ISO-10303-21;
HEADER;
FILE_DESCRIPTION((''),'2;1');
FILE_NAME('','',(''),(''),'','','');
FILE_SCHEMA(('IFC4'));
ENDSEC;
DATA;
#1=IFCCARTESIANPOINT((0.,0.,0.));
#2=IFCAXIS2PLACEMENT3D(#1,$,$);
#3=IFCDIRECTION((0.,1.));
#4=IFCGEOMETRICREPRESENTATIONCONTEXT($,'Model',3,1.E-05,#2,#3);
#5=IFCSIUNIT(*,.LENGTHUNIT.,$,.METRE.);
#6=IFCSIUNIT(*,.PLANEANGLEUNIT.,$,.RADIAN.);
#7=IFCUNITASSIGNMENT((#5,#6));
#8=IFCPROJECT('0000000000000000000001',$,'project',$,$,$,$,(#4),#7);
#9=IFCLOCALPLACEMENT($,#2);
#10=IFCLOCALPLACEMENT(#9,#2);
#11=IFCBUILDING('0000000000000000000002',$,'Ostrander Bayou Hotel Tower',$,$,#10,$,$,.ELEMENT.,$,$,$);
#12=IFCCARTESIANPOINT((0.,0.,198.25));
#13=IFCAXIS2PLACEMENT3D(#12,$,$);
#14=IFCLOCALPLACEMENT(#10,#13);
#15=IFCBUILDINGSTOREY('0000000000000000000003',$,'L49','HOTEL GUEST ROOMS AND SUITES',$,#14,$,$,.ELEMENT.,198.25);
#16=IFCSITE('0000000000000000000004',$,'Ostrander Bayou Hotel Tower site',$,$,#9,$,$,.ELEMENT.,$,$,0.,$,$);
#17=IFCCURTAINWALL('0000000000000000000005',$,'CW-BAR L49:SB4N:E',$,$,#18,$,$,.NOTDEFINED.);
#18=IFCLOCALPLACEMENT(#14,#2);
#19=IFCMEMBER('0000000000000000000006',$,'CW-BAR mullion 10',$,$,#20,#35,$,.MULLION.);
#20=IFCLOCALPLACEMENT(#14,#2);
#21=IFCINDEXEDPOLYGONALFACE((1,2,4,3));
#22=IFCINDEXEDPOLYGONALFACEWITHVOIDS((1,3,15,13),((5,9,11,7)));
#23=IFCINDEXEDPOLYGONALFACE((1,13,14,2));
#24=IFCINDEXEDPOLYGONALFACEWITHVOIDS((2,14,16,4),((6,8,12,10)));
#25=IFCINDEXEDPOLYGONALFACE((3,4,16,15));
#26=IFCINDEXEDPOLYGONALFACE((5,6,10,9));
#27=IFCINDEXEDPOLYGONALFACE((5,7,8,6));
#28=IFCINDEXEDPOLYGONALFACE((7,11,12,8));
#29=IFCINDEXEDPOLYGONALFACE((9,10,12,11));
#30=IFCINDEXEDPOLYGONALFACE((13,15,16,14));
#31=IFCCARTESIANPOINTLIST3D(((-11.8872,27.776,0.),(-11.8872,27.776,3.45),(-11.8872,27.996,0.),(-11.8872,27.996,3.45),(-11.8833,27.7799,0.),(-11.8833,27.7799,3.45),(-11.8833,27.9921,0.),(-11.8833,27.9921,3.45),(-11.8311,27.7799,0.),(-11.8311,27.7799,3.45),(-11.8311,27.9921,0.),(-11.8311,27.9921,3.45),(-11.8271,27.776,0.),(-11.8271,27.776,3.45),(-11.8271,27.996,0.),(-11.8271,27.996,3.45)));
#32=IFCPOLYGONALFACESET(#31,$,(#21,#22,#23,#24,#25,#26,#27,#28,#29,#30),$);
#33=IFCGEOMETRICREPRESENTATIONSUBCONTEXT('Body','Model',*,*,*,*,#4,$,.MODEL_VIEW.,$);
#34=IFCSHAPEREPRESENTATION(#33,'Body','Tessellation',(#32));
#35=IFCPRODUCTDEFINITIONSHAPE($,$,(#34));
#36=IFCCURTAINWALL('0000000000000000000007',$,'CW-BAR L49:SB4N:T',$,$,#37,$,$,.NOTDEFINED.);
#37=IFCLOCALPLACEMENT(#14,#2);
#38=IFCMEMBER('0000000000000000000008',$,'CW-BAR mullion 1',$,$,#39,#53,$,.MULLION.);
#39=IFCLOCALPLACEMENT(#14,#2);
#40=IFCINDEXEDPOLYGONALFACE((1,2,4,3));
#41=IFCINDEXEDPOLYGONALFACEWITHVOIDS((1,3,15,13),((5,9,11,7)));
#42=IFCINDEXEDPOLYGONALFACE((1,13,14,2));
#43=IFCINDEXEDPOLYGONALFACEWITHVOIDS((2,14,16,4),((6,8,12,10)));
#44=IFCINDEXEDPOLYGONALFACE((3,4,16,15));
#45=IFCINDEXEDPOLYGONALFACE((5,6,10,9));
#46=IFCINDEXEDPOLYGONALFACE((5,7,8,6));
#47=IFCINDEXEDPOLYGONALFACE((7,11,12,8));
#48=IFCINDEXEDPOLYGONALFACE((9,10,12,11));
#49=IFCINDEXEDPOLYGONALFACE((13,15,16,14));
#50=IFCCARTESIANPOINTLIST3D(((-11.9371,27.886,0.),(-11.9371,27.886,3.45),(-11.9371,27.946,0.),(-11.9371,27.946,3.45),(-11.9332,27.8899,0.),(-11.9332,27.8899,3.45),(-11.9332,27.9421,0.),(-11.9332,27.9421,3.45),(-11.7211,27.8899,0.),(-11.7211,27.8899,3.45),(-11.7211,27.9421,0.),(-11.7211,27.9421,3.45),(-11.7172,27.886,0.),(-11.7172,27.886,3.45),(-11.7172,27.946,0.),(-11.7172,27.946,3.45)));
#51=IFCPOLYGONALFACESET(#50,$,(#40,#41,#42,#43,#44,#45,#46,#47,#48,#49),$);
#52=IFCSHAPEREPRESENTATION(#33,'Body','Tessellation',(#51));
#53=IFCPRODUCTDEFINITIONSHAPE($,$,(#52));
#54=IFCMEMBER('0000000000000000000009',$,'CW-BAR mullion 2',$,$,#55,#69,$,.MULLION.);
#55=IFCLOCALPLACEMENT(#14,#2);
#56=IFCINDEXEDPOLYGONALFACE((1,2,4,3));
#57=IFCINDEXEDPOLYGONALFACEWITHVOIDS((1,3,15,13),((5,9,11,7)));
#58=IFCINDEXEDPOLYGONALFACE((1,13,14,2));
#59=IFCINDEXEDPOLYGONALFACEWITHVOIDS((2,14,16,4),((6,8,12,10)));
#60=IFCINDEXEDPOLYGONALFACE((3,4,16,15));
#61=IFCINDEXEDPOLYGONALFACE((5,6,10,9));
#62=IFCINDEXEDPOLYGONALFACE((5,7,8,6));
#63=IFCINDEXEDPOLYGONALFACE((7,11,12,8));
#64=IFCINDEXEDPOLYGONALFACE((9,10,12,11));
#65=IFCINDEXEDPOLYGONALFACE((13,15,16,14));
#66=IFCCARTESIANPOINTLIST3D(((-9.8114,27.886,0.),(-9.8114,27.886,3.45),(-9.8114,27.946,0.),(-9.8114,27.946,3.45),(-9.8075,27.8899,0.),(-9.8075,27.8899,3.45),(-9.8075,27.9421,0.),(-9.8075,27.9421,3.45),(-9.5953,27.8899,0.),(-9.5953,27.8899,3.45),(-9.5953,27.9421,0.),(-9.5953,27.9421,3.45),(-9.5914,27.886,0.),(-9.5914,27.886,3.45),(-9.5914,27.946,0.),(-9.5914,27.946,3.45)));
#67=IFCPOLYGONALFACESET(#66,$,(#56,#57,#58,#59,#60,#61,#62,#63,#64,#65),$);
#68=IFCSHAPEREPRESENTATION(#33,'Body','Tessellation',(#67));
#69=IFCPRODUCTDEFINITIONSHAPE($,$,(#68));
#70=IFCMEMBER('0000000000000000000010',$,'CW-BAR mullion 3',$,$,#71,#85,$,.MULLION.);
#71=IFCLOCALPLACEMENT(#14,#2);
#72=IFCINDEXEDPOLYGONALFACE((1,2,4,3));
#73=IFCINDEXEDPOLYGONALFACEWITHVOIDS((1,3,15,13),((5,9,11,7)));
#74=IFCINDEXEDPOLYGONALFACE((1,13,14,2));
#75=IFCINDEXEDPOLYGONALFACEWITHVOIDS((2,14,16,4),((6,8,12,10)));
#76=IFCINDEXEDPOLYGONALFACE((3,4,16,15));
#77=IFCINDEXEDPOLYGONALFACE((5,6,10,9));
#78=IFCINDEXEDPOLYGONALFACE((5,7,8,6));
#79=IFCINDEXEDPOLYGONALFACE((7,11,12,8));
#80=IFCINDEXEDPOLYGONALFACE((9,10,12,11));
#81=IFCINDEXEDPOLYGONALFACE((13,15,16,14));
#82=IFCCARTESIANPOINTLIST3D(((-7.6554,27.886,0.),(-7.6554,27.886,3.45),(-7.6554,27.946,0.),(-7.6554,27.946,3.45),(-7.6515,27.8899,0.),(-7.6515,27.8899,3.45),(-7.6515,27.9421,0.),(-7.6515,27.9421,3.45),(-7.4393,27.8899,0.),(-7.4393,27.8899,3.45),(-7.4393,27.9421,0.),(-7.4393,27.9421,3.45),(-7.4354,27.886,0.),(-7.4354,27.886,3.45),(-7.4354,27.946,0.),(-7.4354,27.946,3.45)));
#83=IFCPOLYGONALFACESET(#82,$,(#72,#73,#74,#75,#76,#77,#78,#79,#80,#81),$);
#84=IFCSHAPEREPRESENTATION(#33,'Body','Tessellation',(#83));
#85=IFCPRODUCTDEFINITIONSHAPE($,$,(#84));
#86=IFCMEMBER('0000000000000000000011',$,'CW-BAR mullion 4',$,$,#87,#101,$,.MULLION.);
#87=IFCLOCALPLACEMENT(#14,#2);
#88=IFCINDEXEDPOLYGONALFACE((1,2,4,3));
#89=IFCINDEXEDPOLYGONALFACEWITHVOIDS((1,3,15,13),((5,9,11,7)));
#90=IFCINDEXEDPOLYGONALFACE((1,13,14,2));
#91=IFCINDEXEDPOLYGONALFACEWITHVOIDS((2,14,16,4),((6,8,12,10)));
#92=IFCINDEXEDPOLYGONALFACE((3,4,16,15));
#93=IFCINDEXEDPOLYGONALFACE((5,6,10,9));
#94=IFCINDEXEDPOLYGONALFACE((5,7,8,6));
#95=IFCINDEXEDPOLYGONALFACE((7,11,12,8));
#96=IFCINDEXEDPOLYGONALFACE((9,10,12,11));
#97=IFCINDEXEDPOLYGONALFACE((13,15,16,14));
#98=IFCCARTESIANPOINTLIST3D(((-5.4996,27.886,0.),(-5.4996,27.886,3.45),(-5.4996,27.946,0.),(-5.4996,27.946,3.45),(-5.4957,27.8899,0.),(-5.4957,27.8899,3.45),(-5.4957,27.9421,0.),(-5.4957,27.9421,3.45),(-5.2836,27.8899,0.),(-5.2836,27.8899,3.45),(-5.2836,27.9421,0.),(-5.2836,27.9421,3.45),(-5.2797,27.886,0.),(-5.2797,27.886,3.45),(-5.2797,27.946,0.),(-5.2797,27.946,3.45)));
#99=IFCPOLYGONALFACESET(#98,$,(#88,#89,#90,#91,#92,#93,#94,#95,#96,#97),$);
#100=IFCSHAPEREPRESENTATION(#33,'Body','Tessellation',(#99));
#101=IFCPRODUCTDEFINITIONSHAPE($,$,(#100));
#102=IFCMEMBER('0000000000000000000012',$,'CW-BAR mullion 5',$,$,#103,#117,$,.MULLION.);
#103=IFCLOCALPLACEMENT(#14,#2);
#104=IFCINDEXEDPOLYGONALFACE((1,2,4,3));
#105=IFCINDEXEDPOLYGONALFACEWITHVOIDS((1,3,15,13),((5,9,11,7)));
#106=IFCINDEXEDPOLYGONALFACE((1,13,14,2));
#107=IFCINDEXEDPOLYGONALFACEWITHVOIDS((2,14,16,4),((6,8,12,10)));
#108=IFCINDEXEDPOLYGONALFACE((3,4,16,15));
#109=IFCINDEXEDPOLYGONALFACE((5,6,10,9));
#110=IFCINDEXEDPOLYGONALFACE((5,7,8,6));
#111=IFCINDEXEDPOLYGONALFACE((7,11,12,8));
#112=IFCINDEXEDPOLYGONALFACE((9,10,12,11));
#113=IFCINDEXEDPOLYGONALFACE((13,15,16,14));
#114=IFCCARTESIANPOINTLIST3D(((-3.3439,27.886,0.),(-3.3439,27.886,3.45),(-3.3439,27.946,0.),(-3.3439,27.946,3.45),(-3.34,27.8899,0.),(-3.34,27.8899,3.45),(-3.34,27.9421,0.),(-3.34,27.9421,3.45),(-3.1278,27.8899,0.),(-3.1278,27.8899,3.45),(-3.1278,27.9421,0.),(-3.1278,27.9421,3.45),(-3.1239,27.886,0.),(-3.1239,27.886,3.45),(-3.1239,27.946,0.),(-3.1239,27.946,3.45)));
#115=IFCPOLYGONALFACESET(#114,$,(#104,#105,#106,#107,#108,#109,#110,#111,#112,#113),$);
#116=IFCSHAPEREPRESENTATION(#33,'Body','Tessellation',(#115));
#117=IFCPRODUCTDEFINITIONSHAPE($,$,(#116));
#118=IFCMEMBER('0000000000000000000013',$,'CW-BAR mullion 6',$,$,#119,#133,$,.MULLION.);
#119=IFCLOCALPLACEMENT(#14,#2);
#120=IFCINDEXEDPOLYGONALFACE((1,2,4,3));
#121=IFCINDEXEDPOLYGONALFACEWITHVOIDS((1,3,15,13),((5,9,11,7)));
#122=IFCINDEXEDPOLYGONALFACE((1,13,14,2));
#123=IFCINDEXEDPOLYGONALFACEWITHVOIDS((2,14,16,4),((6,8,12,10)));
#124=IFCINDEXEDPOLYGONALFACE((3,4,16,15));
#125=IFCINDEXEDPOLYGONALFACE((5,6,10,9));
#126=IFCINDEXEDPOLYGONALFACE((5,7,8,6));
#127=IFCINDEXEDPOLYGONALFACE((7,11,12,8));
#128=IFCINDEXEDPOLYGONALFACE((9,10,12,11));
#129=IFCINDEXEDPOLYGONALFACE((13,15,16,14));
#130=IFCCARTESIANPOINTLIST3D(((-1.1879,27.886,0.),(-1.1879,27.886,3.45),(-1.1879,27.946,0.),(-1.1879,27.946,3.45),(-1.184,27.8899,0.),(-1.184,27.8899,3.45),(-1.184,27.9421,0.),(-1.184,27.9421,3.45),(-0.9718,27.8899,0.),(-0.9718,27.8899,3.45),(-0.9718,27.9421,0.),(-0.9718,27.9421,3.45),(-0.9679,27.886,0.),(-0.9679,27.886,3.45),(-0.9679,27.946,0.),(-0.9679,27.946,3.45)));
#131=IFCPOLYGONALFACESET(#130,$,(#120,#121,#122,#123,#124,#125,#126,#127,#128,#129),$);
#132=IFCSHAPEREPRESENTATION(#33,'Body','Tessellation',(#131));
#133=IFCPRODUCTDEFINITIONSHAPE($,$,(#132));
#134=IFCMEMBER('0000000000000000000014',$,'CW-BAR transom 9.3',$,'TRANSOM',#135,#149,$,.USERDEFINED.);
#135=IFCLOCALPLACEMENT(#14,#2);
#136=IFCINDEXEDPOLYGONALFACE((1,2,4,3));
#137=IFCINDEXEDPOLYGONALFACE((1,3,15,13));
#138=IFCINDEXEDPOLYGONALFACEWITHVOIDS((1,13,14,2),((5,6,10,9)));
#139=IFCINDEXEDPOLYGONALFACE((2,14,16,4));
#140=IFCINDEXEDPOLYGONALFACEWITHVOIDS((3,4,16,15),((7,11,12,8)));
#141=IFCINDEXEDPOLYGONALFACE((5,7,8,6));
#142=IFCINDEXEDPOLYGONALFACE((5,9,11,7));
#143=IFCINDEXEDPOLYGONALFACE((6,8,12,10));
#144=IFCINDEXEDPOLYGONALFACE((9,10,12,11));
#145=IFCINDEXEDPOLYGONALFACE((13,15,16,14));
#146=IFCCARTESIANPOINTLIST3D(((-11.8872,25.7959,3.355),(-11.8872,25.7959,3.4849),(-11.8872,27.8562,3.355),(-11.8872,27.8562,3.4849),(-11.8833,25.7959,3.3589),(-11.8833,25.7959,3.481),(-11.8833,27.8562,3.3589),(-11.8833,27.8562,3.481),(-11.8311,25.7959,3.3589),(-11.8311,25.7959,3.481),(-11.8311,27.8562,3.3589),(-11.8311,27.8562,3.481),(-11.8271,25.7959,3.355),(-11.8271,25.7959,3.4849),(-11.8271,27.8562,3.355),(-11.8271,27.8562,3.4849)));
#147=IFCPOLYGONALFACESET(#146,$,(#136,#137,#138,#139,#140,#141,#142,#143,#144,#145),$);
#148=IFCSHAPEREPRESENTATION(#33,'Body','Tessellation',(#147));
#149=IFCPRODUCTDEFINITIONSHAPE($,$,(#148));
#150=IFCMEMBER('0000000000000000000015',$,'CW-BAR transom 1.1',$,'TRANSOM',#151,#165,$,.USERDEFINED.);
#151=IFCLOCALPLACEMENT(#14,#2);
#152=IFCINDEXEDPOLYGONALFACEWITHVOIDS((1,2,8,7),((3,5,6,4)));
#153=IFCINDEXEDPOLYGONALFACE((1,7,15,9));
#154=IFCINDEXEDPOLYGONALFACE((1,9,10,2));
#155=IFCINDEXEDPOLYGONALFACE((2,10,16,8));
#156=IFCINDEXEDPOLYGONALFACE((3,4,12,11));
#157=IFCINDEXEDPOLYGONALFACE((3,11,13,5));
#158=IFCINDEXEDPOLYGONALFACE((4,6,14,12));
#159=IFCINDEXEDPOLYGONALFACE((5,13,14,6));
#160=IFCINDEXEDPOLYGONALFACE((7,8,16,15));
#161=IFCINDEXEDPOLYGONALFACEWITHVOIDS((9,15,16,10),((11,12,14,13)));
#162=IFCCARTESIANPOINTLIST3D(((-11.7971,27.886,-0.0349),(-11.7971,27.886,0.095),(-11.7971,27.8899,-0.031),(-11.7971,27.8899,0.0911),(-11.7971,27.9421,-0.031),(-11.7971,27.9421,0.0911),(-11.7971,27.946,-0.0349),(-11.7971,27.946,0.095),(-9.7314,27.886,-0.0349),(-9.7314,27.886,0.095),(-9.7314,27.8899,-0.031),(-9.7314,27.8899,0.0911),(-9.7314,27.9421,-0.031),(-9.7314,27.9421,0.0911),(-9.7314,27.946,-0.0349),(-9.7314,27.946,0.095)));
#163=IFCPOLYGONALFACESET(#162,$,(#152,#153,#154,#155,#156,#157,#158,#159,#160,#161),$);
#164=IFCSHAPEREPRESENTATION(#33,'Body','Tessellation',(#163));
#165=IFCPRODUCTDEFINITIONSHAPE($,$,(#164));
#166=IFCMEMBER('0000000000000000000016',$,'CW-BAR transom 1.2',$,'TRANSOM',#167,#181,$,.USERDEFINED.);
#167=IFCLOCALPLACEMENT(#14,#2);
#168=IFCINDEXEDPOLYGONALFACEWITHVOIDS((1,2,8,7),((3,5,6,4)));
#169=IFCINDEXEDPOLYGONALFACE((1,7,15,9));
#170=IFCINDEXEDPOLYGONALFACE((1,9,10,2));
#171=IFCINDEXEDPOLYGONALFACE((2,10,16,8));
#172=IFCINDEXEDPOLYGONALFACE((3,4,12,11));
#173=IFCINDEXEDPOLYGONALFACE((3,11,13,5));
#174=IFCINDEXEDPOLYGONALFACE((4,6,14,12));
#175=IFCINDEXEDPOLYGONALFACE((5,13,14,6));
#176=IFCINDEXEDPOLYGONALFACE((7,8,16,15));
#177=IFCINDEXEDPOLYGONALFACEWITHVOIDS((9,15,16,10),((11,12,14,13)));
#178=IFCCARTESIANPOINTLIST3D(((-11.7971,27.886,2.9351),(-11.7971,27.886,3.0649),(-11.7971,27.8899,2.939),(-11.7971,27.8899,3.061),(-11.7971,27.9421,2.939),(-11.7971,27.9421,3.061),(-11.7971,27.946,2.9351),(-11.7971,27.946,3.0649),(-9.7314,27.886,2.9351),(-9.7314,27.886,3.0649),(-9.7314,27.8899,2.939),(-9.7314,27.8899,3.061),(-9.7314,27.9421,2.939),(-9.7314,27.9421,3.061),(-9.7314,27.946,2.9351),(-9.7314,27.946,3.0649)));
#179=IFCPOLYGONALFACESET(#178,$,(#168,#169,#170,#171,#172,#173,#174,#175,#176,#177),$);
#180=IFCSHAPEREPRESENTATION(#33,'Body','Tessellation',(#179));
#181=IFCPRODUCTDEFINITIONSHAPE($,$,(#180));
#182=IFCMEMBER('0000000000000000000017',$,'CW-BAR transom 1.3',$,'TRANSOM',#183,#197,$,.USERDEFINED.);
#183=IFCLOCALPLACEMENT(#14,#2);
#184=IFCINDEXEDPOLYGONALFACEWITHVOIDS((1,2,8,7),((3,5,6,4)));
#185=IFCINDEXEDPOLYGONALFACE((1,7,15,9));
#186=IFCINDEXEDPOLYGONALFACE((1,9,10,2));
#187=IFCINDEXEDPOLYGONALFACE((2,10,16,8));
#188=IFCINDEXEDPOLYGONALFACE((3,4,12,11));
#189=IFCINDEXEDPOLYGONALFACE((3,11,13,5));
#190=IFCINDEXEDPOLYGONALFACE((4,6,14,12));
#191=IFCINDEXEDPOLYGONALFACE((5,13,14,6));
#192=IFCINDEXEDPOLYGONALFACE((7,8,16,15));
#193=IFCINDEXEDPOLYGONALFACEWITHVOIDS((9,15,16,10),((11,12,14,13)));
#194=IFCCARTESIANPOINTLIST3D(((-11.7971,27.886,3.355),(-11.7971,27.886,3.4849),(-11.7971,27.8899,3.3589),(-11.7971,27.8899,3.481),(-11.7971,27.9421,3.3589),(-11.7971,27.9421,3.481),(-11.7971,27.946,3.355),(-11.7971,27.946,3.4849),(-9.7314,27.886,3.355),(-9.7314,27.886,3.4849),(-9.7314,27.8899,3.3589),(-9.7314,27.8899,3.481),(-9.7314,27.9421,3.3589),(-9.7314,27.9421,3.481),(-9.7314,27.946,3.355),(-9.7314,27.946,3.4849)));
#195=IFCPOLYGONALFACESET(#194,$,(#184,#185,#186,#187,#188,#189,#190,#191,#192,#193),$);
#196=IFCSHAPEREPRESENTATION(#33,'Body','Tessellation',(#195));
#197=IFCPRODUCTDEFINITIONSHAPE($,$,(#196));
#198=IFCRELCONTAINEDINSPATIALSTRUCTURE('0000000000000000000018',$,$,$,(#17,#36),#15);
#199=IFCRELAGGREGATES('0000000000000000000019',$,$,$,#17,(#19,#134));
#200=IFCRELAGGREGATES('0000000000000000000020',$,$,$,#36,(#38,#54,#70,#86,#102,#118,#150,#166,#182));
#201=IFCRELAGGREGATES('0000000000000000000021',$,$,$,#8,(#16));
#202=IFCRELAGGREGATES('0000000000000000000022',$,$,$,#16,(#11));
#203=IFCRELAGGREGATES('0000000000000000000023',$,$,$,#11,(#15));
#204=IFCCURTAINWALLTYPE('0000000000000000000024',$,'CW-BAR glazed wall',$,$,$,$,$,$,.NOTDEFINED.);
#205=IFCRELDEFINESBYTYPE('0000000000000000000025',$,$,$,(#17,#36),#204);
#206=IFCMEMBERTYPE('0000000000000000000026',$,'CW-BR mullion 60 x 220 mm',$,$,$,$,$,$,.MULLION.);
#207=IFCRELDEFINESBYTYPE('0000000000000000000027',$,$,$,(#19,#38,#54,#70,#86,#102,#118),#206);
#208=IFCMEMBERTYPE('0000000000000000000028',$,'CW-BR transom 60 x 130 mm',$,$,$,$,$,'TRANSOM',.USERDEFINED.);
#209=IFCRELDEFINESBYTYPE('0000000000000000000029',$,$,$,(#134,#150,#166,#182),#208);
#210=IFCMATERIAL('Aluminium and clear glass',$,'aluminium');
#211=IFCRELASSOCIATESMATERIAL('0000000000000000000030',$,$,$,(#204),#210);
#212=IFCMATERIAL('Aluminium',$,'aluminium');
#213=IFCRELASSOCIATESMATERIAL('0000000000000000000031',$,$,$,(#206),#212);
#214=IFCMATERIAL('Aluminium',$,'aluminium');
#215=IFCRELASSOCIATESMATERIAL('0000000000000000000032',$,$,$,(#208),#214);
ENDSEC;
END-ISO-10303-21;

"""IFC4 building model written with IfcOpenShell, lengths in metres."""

from ifc_helpers import new_model, si_unit, direction, frame, origin, origin_2d, place, context, subcontext, project, spatial, hollow_rectangle, extrude, material, material_profile, profile_set, type_object, element, aggregate, save


model = new_model("IFC4")

# Units and contexts
model_context = context("Model", 3, precision=1e-05, world=origin(), true_north=direction((0.0, 1.0)))
body_context = subcontext(model_context, "Body", "Model", "MODEL_VIEW")
ifc_project = project(units=[si_unit("LENGTHUNIT", "METRE"), si_unit("PLANEANGLEUNIT", "RADIAN")], contexts=[model_context])

# Site, building, storey
site_placement = place(None, origin())
site = spatial("IfcSite", under=ifc_project, at=site_placement, Name="Ostrander Bayou Hotel Tower site", CompositionType="ELEMENT", RefElevation=0.0)
building_placement = place(site_placement, origin())
building = spatial("IfcBuilding", under=site, at=building_placement, Name="Ostrander Bayou Hotel Tower", CompositionType="ELEMENT")
storey_placement = place(building_placement, frame((0.0, 0.0, 198.25)))
storey = spatial("IfcBuildingStorey", under=building, at=storey_placement, Name="L49", Description="HOTEL GUEST ROOMS AND SUITES", CompositionType="ELEMENT", Elevation=198.25)

# Curtain wall, member
ifc_material_1 = material(Name="Aluminium and clear glass", Category="aluminium")
curtain_wall_type = type_object("IfcCurtainWallType", Name="CW-BAR glazed wall", PredefinedType="NOTDEFINED", material=ifc_material_1)
curtain_wall_1_placement = place(storey_placement, origin())
curtain_wall_1 = element("IfcCurtainWall", 1, at=curtain_wall_1_placement, inside=storey, type_object=curtain_wall_type, Name="CW-BAR L49:SB4N:E", PredefinedType="NOTDEFINED")
ifc_material_2 = material(Name="Aluminium", Category="aluminium")
ifc_material_profile_1 = material_profile(ifc_material_2, hollow_rectangle(XDim=0.0601, YDim=0.22, WallThickness=0.0039, at=origin_2d()))
ifc_profile_set_1 = profile_set([ifc_material_profile_1], Name="Aluminium")
member_type_1 = type_object("IfcMemberType", Name="CW-BR mullion 60 x 220 mm", PredefinedType="MULLION", material=ifc_profile_set_1)
member_1_placement = place(storey_placement, frame((-11.8572, 27.886, 0.0), z_axis=(0.0, 0.0, 1.0), x_axis=(-1.0, 0.0, 0.0)))
member_1 = element("IfcMember", 2, at=member_1_placement, type_object=member_type_1, Name="CW-BAR mullion 10", PredefinedType="MULLION", context=body_context, shape_type="SweptSolid", body=[
    extrude(hollow_rectangle(XDim=0.0601, YDim=0.22, WallThickness=0.0039, at=origin_2d()), origin(), (0.0, 0.0, 1.0), 3.45),
])

# Curtain wall, members
curtain_wall_2_placement = place(storey_placement, origin())
curtain_wall_2 = element("IfcCurtainWall", 3, at=curtain_wall_2_placement, inside=storey, type_object=curtain_wall_type, Name="CW-BAR L49:SB4N:T", PredefinedType="NOTDEFINED")
member_2_placement = place(storey_placement, frame((-11.8271, 27.916, 0.0), z_axis=(0.0, 0.0, 1.0), x_axis=(0.0, 1.0, 0.0)))
member_2 = element("IfcMember", 4, at=member_2_placement, type_object=member_type_1, Name="CW-BAR mullion 1", PredefinedType="MULLION", context=body_context, shape_type="SweptSolid", body=[
    extrude(hollow_rectangle(XDim=0.0601, YDim=0.22, WallThickness=0.0039, at=origin_2d()), origin(), (0.0, 0.0, 1.0), 3.45),
])
member_3_placement = place(storey_placement, frame((-9.7014, 27.916, 0.0), z_axis=(0.0, 0.0, 1.0), x_axis=(0.0, 1.0, 0.0)))
member_3 = element("IfcMember", 5, at=member_3_placement, type_object=member_type_1, Name="CW-BAR mullion 2", PredefinedType="MULLION", context=body_context, shape_type="SweptSolid", body=[
    extrude(hollow_rectangle(XDim=0.0601, YDim=0.22, WallThickness=0.0039, at=origin_2d()), origin(), (0.0, 0.0, 1.0), 3.45),
])
member_4_placement = place(storey_placement, frame((-7.5454, 27.916, 0.0), z_axis=(0.0, 0.0, 1.0), x_axis=(0.0, 1.0, 0.0)))
member_4 = element("IfcMember", 6, at=member_4_placement, type_object=member_type_1, Name="CW-BAR mullion 3", PredefinedType="MULLION", context=body_context, shape_type="SweptSolid", body=[
    extrude(hollow_rectangle(XDim=0.0601, YDim=0.22, WallThickness=0.0039, at=origin_2d()), origin(), (0.0, 0.0, 1.0), 3.45),
])
member_5_placement = place(storey_placement, frame((-5.3896, 27.916, 0.0), z_axis=(0.0, 0.0, 1.0), x_axis=(0.0, 1.0, 0.0)))
member_5 = element("IfcMember", 7, at=member_5_placement, type_object=member_type_1, Name="CW-BAR mullion 4", PredefinedType="MULLION", context=body_context, shape_type="SweptSolid", body=[
    extrude(hollow_rectangle(XDim=0.0601, YDim=0.22, WallThickness=0.0039, at=origin_2d()), origin(), (0.0, 0.0, 1.0), 3.45),
])
member_6_placement = place(storey_placement, frame((-3.2339, 27.916, 0.0), z_axis=(0.0, 0.0, 1.0), x_axis=(0.0, 1.0, 0.0)))
member_6 = element("IfcMember", 8, at=member_6_placement, type_object=member_type_1, Name="CW-BAR mullion 5", PredefinedType="MULLION", context=body_context, shape_type="SweptSolid", body=[
    extrude(hollow_rectangle(XDim=0.0601, YDim=0.22, WallThickness=0.0039, at=origin_2d()), origin(), (0.0, 0.0, 1.0), 3.45),
])
member_7_placement = place(storey_placement, frame((-1.0779, 27.916, 0.0), z_axis=(0.0, 0.0, 1.0), x_axis=(0.0, 1.0, 0.0)))
member_7 = element("IfcMember", 9, at=member_7_placement, type_object=member_type_1, Name="CW-BAR mullion 6", PredefinedType="MULLION", context=body_context, shape_type="SweptSolid", body=[
    extrude(hollow_rectangle(XDim=0.0601, YDim=0.22, WallThickness=0.0039, at=origin_2d()), origin(), (0.0, 0.0, 1.0), 3.45),
])

# Members
ifc_material_3 = material(Name="Aluminium", Category="aluminium")
ifc_material_profile_2 = material_profile(ifc_material_3, hollow_rectangle(XDim=0.0601, YDim=0.1299, WallThickness=0.0039, at=origin_2d()))
ifc_profile_set_2 = profile_set([ifc_material_profile_2], Name="Aluminium")
member_type_2 = type_object("IfcMemberType", Name="CW-BR transom 60 x 130 mm", ElementType="TRANSOM", PredefinedType="USERDEFINED", material=ifc_profile_set_2)
member_8_placement = place(storey_placement, frame((-11.8572, 25.7959, 3.4199), z_axis=(0.0, 1.0, 0.0), x_axis=(-1.0, 0.0, 0.0)))
member_8 = element("IfcMember", 10, at=member_8_placement, type_object=member_type_2, Name="CW-BAR transom 9.3", ObjectType="TRANSOM", PredefinedType="USERDEFINED", context=body_context, shape_type="SweptSolid", body=[
    extrude(hollow_rectangle(XDim=0.0601, YDim=0.1299, WallThickness=0.0039, at=origin_2d()), origin(), (0.0, 0.0, 1.0), 2.0603),
])
member_9_placement = place(storey_placement, frame((-11.7971, 27.916, 0.03), z_axis=(1.0, 0.0, 0.0), x_axis=(0.0, 1.0, 0.0)))
member_9 = element("IfcMember", 11, at=member_9_placement, type_object=member_type_2, Name="CW-BAR transom 1.1", ObjectType="TRANSOM", PredefinedType="USERDEFINED", context=body_context, shape_type="SweptSolid", body=[
    extrude(hollow_rectangle(XDim=0.0601, YDim=0.1299, WallThickness=0.0039, at=origin_2d()), origin(), (0.0, 0.0, 1.0), 2.0657),
])
member_10_placement = place(storey_placement, frame((-11.7971, 27.916, 3.0), z_axis=(1.0, 0.0, 0.0), x_axis=(0.0, 1.0, 0.0)))
member_10 = element("IfcMember", 12, at=member_10_placement, type_object=member_type_2, Name="CW-BAR transom 1.2", ObjectType="TRANSOM", PredefinedType="USERDEFINED", context=body_context, shape_type="SweptSolid", body=[
    extrude(hollow_rectangle(XDim=0.0601, YDim=0.1299, WallThickness=0.0039, at=origin_2d()), origin(), (0.0, 0.0, 1.0), 2.0657),
])
member_11_placement = place(storey_placement, frame((-11.7971, 27.916, 3.4199), z_axis=(1.0, 0.0, 0.0), x_axis=(0.0, 1.0, 0.0)))
member_11 = element("IfcMember", 13, at=member_11_placement, type_object=member_type_2, Name="CW-BAR transom 1.3", ObjectType="TRANSOM", PredefinedType="USERDEFINED", context=body_context, shape_type="SweptSolid", body=[
    extrude(hollow_rectangle(XDim=0.0601, YDim=0.1299, WallThickness=0.0039, at=origin_2d()), origin(), (0.0, 0.0, 1.0), 2.0657),
])

aggregate(curtain_wall_1, [member_1, member_8])
aggregate(curtain_wall_2, [member_2, member_3, member_4, member_5, member_6, member_7, member_9, member_10, member_11])

save(model, "model.ifc")
